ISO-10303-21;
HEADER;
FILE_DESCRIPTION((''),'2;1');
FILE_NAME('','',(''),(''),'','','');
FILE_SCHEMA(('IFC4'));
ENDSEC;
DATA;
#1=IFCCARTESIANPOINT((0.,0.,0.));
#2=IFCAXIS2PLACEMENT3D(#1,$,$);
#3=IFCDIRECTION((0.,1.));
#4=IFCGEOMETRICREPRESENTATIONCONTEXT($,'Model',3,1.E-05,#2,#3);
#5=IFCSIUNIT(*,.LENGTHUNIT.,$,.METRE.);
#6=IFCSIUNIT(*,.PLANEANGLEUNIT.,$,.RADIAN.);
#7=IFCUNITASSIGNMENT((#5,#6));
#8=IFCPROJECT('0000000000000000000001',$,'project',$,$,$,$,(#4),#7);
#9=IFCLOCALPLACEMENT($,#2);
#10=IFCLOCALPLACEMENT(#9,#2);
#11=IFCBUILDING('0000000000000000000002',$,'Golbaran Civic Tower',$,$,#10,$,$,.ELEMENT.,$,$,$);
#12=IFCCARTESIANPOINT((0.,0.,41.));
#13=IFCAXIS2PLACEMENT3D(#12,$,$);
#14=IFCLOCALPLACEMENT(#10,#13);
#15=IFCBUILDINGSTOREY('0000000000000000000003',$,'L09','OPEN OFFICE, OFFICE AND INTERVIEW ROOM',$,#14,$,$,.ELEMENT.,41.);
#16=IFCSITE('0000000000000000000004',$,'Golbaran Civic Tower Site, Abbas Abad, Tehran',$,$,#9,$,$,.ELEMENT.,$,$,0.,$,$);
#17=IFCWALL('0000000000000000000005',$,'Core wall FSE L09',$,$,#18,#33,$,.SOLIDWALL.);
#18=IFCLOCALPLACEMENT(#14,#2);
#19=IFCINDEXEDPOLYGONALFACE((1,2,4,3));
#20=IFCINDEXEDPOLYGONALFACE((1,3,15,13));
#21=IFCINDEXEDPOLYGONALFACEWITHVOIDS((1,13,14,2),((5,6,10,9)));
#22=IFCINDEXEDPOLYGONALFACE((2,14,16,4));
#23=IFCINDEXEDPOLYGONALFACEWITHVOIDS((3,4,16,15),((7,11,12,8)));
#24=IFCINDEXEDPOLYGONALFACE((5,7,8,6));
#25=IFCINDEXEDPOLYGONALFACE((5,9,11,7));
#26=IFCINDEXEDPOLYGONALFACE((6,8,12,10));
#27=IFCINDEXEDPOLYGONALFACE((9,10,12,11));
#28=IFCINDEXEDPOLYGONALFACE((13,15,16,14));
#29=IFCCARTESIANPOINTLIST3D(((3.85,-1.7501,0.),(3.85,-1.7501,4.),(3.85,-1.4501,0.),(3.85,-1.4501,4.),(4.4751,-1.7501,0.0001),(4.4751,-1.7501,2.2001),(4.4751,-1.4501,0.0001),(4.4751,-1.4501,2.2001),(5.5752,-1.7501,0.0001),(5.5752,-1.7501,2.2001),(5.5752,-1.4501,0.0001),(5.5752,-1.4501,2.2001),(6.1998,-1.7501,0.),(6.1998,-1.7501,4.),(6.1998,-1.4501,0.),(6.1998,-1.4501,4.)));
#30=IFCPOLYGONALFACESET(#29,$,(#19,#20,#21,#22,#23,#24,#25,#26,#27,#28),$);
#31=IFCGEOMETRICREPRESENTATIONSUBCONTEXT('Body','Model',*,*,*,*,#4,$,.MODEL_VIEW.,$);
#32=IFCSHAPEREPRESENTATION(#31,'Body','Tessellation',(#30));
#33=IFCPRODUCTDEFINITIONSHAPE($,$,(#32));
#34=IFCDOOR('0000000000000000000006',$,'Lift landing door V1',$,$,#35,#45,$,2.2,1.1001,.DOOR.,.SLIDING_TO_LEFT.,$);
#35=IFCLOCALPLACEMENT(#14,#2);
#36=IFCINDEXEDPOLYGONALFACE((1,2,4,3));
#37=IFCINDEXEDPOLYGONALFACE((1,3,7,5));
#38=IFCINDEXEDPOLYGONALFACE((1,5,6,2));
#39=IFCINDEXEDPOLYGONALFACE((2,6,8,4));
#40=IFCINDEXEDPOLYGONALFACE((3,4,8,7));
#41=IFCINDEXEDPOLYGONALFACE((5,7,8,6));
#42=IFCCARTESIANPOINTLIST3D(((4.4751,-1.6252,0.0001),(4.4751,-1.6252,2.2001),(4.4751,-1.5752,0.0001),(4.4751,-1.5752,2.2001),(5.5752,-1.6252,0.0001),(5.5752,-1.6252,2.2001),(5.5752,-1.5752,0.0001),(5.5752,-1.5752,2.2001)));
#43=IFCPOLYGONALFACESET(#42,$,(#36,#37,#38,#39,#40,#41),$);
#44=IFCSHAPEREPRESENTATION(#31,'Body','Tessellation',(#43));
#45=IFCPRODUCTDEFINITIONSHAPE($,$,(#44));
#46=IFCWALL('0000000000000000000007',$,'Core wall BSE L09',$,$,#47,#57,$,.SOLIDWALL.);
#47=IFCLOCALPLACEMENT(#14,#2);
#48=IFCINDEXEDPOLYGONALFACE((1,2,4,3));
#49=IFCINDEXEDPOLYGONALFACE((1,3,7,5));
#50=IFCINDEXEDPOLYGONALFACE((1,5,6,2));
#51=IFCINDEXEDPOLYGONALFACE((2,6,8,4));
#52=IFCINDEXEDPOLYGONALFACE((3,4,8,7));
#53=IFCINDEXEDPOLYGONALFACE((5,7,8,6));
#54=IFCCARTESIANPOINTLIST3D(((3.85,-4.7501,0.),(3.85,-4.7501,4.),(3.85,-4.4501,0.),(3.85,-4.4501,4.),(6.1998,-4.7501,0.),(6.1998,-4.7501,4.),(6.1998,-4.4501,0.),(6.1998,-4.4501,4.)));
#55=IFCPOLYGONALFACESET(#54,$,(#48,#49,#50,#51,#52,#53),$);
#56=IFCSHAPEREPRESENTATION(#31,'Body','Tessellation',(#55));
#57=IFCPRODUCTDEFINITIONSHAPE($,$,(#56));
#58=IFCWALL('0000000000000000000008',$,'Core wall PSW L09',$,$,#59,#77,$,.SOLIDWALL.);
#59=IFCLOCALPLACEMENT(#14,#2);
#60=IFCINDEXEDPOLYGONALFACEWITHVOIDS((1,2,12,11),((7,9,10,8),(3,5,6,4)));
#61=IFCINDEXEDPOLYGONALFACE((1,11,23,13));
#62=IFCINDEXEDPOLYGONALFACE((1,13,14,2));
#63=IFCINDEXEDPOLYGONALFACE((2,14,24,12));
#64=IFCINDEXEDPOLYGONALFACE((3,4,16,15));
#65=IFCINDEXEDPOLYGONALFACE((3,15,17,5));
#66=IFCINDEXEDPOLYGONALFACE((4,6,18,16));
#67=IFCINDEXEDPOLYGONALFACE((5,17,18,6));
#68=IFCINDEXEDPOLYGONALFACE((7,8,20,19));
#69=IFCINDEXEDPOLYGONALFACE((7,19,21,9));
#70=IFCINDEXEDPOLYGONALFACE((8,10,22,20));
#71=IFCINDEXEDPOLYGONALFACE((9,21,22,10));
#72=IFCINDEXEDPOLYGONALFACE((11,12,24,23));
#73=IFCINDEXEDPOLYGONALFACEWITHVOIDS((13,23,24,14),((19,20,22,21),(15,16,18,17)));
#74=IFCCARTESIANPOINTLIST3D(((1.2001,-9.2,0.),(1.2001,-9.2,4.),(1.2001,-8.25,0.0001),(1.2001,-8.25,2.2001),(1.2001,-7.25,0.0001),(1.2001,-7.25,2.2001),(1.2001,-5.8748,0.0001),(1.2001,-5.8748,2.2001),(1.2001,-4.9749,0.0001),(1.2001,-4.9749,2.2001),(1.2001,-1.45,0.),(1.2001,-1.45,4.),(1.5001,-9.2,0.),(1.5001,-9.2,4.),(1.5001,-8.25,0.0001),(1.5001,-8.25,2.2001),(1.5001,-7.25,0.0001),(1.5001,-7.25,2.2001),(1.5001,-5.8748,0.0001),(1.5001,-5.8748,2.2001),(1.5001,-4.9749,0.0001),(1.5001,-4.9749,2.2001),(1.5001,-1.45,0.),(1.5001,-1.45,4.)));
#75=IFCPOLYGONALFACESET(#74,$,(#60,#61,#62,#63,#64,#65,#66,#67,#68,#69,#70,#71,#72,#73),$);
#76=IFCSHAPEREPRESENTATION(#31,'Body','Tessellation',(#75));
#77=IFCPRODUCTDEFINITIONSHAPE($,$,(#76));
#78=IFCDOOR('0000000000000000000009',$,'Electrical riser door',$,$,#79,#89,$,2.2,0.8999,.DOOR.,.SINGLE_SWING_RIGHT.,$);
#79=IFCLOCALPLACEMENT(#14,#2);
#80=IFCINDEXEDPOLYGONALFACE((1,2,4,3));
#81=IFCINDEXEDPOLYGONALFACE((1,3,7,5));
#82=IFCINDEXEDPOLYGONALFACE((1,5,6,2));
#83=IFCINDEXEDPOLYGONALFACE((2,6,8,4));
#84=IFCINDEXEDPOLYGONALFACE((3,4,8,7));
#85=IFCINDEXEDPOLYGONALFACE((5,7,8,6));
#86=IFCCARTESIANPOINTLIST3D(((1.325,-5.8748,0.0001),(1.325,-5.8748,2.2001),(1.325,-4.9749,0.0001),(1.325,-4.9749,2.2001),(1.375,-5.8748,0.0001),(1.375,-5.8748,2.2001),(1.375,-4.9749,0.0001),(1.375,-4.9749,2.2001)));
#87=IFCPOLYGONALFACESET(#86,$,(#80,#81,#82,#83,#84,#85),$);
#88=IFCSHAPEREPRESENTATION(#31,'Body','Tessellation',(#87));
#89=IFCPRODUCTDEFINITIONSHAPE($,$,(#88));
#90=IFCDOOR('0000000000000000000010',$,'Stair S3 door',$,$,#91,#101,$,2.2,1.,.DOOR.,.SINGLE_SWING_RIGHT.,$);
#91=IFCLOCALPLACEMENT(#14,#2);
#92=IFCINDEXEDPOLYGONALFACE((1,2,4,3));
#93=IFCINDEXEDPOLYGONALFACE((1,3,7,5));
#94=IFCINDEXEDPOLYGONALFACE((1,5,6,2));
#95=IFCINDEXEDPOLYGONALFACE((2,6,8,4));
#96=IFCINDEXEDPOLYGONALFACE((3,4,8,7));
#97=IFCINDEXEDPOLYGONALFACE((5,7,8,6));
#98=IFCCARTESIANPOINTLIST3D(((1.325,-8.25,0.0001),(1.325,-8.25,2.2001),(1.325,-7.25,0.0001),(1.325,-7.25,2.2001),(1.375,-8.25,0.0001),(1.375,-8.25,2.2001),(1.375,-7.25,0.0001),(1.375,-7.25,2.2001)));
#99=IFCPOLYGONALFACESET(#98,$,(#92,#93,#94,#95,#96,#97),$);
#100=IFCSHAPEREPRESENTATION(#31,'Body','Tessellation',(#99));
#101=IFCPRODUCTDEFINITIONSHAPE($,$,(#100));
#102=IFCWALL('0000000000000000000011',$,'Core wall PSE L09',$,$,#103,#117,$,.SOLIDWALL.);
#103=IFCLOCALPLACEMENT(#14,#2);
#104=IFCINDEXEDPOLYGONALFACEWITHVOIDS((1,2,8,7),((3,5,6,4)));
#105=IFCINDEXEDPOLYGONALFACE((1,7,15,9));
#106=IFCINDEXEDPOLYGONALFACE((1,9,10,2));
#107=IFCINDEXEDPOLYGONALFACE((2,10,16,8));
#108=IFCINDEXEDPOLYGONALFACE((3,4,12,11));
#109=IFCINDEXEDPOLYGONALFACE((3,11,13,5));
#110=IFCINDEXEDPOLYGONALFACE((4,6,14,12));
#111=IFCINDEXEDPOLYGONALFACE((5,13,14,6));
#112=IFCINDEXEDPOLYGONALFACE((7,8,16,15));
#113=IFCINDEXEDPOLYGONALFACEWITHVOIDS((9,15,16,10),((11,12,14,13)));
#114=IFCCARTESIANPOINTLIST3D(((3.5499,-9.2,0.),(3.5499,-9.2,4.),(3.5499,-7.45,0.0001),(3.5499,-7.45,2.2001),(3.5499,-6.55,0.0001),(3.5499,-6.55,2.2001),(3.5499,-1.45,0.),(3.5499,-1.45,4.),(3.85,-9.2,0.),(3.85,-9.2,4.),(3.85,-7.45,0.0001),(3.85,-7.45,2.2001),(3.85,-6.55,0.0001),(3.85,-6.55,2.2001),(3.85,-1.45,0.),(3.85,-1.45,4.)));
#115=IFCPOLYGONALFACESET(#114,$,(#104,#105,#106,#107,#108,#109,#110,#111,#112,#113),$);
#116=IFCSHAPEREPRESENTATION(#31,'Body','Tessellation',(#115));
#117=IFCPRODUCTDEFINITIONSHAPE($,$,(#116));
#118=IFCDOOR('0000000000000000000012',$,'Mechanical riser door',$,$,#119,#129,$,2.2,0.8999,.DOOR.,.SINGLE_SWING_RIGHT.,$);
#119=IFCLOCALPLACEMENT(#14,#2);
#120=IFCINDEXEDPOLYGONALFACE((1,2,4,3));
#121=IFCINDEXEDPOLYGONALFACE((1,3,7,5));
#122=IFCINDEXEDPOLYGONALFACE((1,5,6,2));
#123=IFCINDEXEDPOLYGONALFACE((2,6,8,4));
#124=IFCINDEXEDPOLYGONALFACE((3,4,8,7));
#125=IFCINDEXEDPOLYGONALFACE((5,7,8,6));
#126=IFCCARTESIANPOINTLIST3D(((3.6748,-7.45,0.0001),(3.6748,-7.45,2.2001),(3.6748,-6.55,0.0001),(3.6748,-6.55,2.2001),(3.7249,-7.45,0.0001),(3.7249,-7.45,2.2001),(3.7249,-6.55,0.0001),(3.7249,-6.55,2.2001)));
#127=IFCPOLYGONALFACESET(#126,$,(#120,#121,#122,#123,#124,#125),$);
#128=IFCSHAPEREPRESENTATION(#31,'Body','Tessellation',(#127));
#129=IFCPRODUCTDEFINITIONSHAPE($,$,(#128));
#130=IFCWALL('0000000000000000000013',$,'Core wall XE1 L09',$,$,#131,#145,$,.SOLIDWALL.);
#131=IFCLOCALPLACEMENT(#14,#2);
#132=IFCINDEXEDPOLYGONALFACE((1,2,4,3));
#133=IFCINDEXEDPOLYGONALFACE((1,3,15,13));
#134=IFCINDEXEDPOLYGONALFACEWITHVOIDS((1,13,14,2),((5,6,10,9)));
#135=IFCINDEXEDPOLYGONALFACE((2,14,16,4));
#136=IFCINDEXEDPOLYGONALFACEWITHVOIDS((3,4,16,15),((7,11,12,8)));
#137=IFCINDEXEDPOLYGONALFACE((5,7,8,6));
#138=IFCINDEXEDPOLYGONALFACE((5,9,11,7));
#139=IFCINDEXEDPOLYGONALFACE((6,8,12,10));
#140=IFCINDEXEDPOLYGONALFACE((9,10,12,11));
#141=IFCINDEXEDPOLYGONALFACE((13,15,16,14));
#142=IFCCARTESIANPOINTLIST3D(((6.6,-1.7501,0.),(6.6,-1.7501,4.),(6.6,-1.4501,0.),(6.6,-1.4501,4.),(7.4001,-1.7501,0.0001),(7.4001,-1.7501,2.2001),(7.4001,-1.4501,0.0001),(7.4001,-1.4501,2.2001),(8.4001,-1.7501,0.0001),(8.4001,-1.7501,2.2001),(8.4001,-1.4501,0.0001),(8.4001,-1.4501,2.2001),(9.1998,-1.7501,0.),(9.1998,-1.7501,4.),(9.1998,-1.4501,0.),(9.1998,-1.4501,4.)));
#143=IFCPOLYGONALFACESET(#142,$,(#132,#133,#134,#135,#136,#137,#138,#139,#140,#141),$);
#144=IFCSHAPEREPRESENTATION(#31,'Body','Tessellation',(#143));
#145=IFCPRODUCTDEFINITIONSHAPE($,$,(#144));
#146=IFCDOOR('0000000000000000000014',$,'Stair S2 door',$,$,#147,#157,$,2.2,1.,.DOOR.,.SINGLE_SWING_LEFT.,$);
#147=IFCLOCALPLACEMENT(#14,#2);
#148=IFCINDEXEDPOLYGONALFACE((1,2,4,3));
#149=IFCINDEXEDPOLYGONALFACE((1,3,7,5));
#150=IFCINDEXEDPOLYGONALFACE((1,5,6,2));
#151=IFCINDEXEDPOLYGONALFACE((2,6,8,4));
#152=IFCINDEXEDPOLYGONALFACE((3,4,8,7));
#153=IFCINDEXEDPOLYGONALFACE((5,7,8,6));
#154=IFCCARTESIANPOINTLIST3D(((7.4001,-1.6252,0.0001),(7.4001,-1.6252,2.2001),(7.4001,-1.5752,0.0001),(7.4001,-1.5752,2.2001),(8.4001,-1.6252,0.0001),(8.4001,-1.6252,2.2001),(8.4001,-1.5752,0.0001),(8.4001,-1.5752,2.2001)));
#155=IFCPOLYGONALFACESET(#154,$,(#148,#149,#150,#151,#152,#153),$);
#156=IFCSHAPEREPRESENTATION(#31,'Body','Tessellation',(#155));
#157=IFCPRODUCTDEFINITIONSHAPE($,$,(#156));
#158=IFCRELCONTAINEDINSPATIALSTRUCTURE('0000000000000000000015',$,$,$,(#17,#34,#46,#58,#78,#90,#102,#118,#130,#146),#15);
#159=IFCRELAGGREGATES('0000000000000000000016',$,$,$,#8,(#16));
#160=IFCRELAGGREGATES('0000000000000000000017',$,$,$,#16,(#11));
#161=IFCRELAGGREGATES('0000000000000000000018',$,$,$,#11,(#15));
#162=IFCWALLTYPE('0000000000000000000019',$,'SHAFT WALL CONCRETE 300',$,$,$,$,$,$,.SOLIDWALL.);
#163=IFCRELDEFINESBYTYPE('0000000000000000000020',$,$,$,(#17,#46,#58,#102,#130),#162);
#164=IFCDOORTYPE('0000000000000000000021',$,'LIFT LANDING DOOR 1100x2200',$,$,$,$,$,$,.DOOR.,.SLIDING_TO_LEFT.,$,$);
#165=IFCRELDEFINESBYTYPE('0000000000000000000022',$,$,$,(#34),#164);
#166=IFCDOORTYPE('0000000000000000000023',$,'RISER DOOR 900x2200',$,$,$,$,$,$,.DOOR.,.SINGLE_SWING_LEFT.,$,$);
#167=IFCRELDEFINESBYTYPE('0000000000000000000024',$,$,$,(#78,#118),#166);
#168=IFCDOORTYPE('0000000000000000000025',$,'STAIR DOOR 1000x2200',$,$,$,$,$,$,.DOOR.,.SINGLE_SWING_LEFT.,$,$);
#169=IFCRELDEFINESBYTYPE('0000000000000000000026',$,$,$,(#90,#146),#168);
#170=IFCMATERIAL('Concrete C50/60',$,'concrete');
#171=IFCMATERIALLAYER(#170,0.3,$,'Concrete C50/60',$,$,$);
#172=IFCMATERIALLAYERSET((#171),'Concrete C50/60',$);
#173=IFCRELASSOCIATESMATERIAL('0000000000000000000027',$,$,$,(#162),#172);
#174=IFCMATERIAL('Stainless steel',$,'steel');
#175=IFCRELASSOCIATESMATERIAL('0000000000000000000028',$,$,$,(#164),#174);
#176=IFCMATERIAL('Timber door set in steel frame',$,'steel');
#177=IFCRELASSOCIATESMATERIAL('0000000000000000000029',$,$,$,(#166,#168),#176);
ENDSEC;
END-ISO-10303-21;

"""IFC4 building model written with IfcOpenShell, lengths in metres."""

from ifc_helpers import new_model, si_unit, direction, frame, frame_2d, origin, place, context, subcontext, project, spatial, rectangle, extrude, material, layer, layer_set, type_object, element, fill, save


model = new_model("IFC4")

# Units and contexts
model_context = context("Model", 3, precision=1e-05, world=origin(), true_north=direction((0.0, 1.0)))
body_context = subcontext(model_context, "Body", "Model", "MODEL_VIEW")
ifc_project = project(units=[si_unit("LENGTHUNIT", "METRE"), si_unit("PLANEANGLEUNIT", "RADIAN")], contexts=[model_context])

# Site, building, storey
site_placement = place(None, origin())
site = spatial("IfcSite", under=ifc_project, at=site_placement, Name="Golbaran Civic Tower Site, Abbas Abad, Tehran", CompositionType="ELEMENT", RefElevation=0.0)
building_placement = place(site_placement, origin())
building = spatial("IfcBuilding", under=site, at=building_placement, Name="Golbaran Civic Tower", CompositionType="ELEMENT")
storey_placement = place(building_placement, frame((0.0, 0.0, 41.0)))
storey = spatial("IfcBuildingStorey", under=building, at=storey_placement, Name="L09", Description="OPEN OFFICE, OFFICE AND INTERVIEW ROOM", CompositionType="ELEMENT", Elevation=41.0)

# Shared definitions
ifc_material_1 = material(Name="Timber door set in steel frame", Category="steel")

# Wall, opening, door
ifc_material_2 = material(Name="Concrete C50/60", Category="concrete")
ifc_layer_1 = layer(ifc_material_2, 0.3, Name="Concrete C50/60")
ifc_layer_set_1 = layer_set([ifc_layer_1], Name="Concrete C50/60")
wall_type_1 = type_object("IfcWallType", Name="SHAFT WALL CONCRETE 300", PredefinedType="SOLIDWALL", material=ifc_layer_set_1)
wall_1_placement = place(storey_placement, frame((3.8501, -1.6001, 0.0), z_axis=(0.0, 0.0, 1.0), x_axis=(1.0, 0.0, 0.0)))
wall_1 = element("IfcWall", 1, at=wall_1_placement, inside=storey, type_object=wall_type_1, Name="Core wall FSE L09", PredefinedType="SOLIDWALL", context=body_context, shape_type="SweptSolid", body=[
    extrude(rectangle(XDim=2.3499, YDim=0.3, at=frame_2d((1.1748, 0.0))), origin(), (0.0, 0.0, 1.0), 4.0),
])
opening_1_placement = place(wall_1_placement, frame((0.625, 0.0, 0.0)))
opening_1 = element("IfcOpeningElement", 2, at=opening_1_placement, cuts=wall_1, PredefinedType="OPENING", context=body_context, shape_type="SweptSolid", body=[
    extrude(rectangle(XDim=1.1001, YDim=2.2, at=frame_2d((0.55, 1.1001))), frame((0.0, 0.1599, 0.0), z_axis=(0.0, -1.0, 0.0), x_axis=(1.0, 0.0, 0.0)), (0.0, 0.0, 1.0), 0.3201),
])
ifc_material_3 = material(Name="Stainless steel", Category="steel")
door_type_1 = type_object("IfcDoorType", Name="LIFT LANDING DOOR 1100x2200", OperationType="SLIDING_TO_LEFT", PredefinedType="DOOR", material=ifc_material_3)
door_1_placement = place(opening_1_placement, origin())
door_1 = element("IfcDoor", 3, at=door_1_placement, inside=storey, type_object=door_type_1, Name="Lift landing door V1", OperationType="SLIDING_TO_LEFT", OverallHeight=2.2, OverallWidth=1.1001, PredefinedType="DOOR", context=body_context, shape_type="SweptSolid", body=[
    extrude(rectangle(XDim=1.1001, YDim=2.2, at=frame_2d((0.55, 1.1001))), frame((0.0, 0.0249, 0.0), z_axis=(0.0, -1.0, 0.0), x_axis=(1.0, 0.0, 0.0)), (0.0, 0.0, 1.0), 0.05),
])
fill(opening_1, door_1)

# Wall
wall_2_placement = place(storey_placement, frame((3.8501, -4.6001, 0.0), z_axis=(0.0, 0.0, 1.0), x_axis=(1.0, 0.0, 0.0)))
element("IfcWall", 4, at=wall_2_placement, inside=storey, type_object=wall_type_1, Name="Core wall BSE L09", PredefinedType="SOLIDWALL", context=body_context, shape_type="SweptSolid", body=[
    extrude(rectangle(XDim=2.3499, YDim=0.3, at=frame_2d((1.1748, 0.0))), origin(), (0.0, 0.0, 1.0), 4.0),
])

# Wall, openings, doors
wall_3_placement = place(storey_placement, frame((1.3501, -1.45, 0.0), z_axis=(0.0, 0.0, 1.0), x_axis=(0.0, -1.0, 0.0)))
wall_3 = element("IfcWall", 5, at=wall_3_placement, inside=storey, type_object=wall_type_1, Name="Core wall PSW L09", PredefinedType="SOLIDWALL", context=body_context, shape_type="SweptSolid", body=[
    extrude(rectangle(XDim=7.75, YDim=0.3, at=frame_2d((3.875, 0.0))), origin(), (0.0, 0.0, 1.0), 4.0),
])
opening_2_placement = place(wall_3_placement, frame((5.8, 0.0, 0.0)))
opening_2 = element("IfcOpeningElement", 6, at=opening_2_placement, cuts=wall_3, PredefinedType="OPENING", context=body_context, shape_type="SweptSolid", body=[
    extrude(rectangle(XDim=1.0, YDim=2.2, at=frame_2d((0.5, 1.1001))), frame((0.0, 0.1599, 0.0), z_axis=(0.0, -1.0, 0.0), x_axis=(1.0, 0.0, 0.0)), (0.0, 0.0, 1.0), 0.3201),
])
opening_3_placement = place(wall_3_placement, frame((3.5249, 0.0, 0.0)))
opening_3 = element("IfcOpeningElement", 7, at=opening_3_placement, cuts=wall_3, PredefinedType="OPENING", context=body_context, shape_type="SweptSolid", body=[
    extrude(rectangle(XDim=0.8999, YDim=2.2, at=frame_2d((0.45, 1.1001))), frame((0.0, 0.1599, 0.0), z_axis=(0.0, -1.0, 0.0), x_axis=(1.0, 0.0, 0.0)), (0.0, 0.0, 1.0), 0.3201),
])
door_type_2 = type_object("IfcDoorType", Name="RISER DOOR 900x2200", OperationType="SINGLE_SWING_LEFT", PredefinedType="DOOR", material=ifc_material_1)
door_2_placement = place(opening_3_placement, origin())
door_2 = element("IfcDoor", 8, at=door_2_placement, inside=storey, type_object=door_type_2, Name="Electrical riser door", OperationType="SINGLE_SWING_RIGHT", OverallHeight=2.2, OverallWidth=0.8999, PredefinedType="DOOR", context=body_context, shape_type="SweptSolid", body=[
    extrude(rectangle(XDim=0.8999, YDim=2.2, at=frame_2d((0.45, 1.1001))), frame((0.0, 0.0249, 0.0), z_axis=(0.0, -1.0, 0.0), x_axis=(1.0, 0.0, 0.0)), (0.0, 0.0, 1.0), 0.05),
])
fill(opening_3, door_2)
door_type_3 = type_object("IfcDoorType", Name="STAIR DOOR 1000x2200", OperationType="SINGLE_SWING_LEFT", PredefinedType="DOOR", material=ifc_material_1)
door_3_placement = place(opening_2_placement, origin())
door_3 = element("IfcDoor", 9, at=door_3_placement, inside=storey, type_object=door_type_3, Name="Stair S3 door", OperationType="SINGLE_SWING_RIGHT", OverallHeight=2.2, OverallWidth=1.0, PredefinedType="DOOR", context=body_context, shape_type="SweptSolid", body=[
    extrude(rectangle(XDim=1.0, YDim=2.2, at=frame_2d((0.5, 1.1001))), frame((0.0, 0.0249, 0.0), z_axis=(0.0, -1.0, 0.0), x_axis=(1.0, 0.0, 0.0)), (0.0, 0.0, 1.0), 0.05),
])
fill(opening_2, door_3)

# Walls, openings, doors
wall_4_placement = place(storey_placement, frame((3.7, -1.45, 0.0), z_axis=(0.0, 0.0, 1.0), x_axis=(0.0, -1.0, 0.0)))
wall_4 = element("IfcWall", 10, at=wall_4_placement, inside=storey, type_object=wall_type_1, Name="Core wall PSE L09", PredefinedType="SOLIDWALL", context=body_context, shape_type="SweptSolid", body=[
    extrude(rectangle(XDim=7.75, YDim=0.3, at=frame_2d((3.875, 0.0))), origin(), (0.0, 0.0, 1.0), 4.0),
])
opening_4_placement = place(wall_4_placement, frame((5.1001, 0.0, 0.0)))
opening_4 = element("IfcOpeningElement", 11, at=opening_4_placement, cuts=wall_4, PredefinedType="OPENING", context=body_context, shape_type="SweptSolid", body=[
    extrude(rectangle(XDim=0.8999, YDim=2.2, at=frame_2d((0.45, 1.1001))), frame((0.0, 0.1599, 0.0), z_axis=(0.0, -1.0, 0.0), x_axis=(1.0, 0.0, 0.0)), (0.0, 0.0, 1.0), 0.3201),
])
door_4_placement = place(opening_4_placement, origin())
door_4 = element("IfcDoor", 12, at=door_4_placement, inside=storey, type_object=door_type_2, Name="Mechanical riser door", OperationType="SINGLE_SWING_RIGHT", OverallHeight=2.2, OverallWidth=0.8999, PredefinedType="DOOR", context=body_context, shape_type="SweptSolid", body=[
    extrude(rectangle(XDim=0.8999, YDim=2.2, at=frame_2d((0.45, 1.1001))), frame((0.0, 0.0249, 0.0), z_axis=(0.0, -1.0, 0.0), x_axis=(1.0, 0.0, 0.0)), (0.0, 0.0, 1.0), 0.05),
])
fill(opening_4, door_4)
wall_5_placement = place(storey_placement, frame((6.6001, -1.6001, 0.0), z_axis=(0.0, 0.0, 1.0), x_axis=(1.0, 0.0, 0.0)))
wall_5 = element("IfcWall", 13, at=wall_5_placement, inside=storey, type_object=wall_type_1, Name="Core wall XE1 L09", PredefinedType="SOLIDWALL", context=body_context, shape_type="SweptSolid", body=[
    extrude(rectangle(XDim=2.5999, YDim=0.3, at=frame_2d((1.2998, 0.0))), origin(), (0.0, 0.0, 1.0), 4.0),
])
opening_5_placement = place(wall_5_placement, frame((0.8, 0.0, 0.0)))
opening_5 = element("IfcOpeningElement", 14, at=opening_5_placement, cuts=wall_5, PredefinedType="OPENING", context=body_context, shape_type="SweptSolid", body=[
    extrude(rectangle(XDim=1.0, YDim=2.2, at=frame_2d((0.5, 1.1001))), frame((0.0, 0.1599, 0.0), z_axis=(0.0, -1.0, 0.0), x_axis=(1.0, 0.0, 0.0)), (0.0, 0.0, 1.0), 0.3201),
])
door_5_placement = place(opening_5_placement, origin())
door_5 = element("IfcDoor", 15, at=door_5_placement, inside=storey, type_object=door_type_3, Name="Stair S2 door", OperationType="SINGLE_SWING_LEFT", OverallHeight=2.2, OverallWidth=1.0, PredefinedType="DOOR", context=body_context, shape_type="SweptSolid", body=[
    extrude(rectangle(XDim=1.0, YDim=2.2, at=frame_2d((0.5, 1.1001))), frame((0.0, 0.0249, 0.0), z_axis=(0.0, -1.0, 0.0), x_axis=(1.0, 0.0, 0.0)), (0.0, 0.0, 1.0), 0.05),
])
fill(opening_5, door_5)

save(model, "model.ifc")
